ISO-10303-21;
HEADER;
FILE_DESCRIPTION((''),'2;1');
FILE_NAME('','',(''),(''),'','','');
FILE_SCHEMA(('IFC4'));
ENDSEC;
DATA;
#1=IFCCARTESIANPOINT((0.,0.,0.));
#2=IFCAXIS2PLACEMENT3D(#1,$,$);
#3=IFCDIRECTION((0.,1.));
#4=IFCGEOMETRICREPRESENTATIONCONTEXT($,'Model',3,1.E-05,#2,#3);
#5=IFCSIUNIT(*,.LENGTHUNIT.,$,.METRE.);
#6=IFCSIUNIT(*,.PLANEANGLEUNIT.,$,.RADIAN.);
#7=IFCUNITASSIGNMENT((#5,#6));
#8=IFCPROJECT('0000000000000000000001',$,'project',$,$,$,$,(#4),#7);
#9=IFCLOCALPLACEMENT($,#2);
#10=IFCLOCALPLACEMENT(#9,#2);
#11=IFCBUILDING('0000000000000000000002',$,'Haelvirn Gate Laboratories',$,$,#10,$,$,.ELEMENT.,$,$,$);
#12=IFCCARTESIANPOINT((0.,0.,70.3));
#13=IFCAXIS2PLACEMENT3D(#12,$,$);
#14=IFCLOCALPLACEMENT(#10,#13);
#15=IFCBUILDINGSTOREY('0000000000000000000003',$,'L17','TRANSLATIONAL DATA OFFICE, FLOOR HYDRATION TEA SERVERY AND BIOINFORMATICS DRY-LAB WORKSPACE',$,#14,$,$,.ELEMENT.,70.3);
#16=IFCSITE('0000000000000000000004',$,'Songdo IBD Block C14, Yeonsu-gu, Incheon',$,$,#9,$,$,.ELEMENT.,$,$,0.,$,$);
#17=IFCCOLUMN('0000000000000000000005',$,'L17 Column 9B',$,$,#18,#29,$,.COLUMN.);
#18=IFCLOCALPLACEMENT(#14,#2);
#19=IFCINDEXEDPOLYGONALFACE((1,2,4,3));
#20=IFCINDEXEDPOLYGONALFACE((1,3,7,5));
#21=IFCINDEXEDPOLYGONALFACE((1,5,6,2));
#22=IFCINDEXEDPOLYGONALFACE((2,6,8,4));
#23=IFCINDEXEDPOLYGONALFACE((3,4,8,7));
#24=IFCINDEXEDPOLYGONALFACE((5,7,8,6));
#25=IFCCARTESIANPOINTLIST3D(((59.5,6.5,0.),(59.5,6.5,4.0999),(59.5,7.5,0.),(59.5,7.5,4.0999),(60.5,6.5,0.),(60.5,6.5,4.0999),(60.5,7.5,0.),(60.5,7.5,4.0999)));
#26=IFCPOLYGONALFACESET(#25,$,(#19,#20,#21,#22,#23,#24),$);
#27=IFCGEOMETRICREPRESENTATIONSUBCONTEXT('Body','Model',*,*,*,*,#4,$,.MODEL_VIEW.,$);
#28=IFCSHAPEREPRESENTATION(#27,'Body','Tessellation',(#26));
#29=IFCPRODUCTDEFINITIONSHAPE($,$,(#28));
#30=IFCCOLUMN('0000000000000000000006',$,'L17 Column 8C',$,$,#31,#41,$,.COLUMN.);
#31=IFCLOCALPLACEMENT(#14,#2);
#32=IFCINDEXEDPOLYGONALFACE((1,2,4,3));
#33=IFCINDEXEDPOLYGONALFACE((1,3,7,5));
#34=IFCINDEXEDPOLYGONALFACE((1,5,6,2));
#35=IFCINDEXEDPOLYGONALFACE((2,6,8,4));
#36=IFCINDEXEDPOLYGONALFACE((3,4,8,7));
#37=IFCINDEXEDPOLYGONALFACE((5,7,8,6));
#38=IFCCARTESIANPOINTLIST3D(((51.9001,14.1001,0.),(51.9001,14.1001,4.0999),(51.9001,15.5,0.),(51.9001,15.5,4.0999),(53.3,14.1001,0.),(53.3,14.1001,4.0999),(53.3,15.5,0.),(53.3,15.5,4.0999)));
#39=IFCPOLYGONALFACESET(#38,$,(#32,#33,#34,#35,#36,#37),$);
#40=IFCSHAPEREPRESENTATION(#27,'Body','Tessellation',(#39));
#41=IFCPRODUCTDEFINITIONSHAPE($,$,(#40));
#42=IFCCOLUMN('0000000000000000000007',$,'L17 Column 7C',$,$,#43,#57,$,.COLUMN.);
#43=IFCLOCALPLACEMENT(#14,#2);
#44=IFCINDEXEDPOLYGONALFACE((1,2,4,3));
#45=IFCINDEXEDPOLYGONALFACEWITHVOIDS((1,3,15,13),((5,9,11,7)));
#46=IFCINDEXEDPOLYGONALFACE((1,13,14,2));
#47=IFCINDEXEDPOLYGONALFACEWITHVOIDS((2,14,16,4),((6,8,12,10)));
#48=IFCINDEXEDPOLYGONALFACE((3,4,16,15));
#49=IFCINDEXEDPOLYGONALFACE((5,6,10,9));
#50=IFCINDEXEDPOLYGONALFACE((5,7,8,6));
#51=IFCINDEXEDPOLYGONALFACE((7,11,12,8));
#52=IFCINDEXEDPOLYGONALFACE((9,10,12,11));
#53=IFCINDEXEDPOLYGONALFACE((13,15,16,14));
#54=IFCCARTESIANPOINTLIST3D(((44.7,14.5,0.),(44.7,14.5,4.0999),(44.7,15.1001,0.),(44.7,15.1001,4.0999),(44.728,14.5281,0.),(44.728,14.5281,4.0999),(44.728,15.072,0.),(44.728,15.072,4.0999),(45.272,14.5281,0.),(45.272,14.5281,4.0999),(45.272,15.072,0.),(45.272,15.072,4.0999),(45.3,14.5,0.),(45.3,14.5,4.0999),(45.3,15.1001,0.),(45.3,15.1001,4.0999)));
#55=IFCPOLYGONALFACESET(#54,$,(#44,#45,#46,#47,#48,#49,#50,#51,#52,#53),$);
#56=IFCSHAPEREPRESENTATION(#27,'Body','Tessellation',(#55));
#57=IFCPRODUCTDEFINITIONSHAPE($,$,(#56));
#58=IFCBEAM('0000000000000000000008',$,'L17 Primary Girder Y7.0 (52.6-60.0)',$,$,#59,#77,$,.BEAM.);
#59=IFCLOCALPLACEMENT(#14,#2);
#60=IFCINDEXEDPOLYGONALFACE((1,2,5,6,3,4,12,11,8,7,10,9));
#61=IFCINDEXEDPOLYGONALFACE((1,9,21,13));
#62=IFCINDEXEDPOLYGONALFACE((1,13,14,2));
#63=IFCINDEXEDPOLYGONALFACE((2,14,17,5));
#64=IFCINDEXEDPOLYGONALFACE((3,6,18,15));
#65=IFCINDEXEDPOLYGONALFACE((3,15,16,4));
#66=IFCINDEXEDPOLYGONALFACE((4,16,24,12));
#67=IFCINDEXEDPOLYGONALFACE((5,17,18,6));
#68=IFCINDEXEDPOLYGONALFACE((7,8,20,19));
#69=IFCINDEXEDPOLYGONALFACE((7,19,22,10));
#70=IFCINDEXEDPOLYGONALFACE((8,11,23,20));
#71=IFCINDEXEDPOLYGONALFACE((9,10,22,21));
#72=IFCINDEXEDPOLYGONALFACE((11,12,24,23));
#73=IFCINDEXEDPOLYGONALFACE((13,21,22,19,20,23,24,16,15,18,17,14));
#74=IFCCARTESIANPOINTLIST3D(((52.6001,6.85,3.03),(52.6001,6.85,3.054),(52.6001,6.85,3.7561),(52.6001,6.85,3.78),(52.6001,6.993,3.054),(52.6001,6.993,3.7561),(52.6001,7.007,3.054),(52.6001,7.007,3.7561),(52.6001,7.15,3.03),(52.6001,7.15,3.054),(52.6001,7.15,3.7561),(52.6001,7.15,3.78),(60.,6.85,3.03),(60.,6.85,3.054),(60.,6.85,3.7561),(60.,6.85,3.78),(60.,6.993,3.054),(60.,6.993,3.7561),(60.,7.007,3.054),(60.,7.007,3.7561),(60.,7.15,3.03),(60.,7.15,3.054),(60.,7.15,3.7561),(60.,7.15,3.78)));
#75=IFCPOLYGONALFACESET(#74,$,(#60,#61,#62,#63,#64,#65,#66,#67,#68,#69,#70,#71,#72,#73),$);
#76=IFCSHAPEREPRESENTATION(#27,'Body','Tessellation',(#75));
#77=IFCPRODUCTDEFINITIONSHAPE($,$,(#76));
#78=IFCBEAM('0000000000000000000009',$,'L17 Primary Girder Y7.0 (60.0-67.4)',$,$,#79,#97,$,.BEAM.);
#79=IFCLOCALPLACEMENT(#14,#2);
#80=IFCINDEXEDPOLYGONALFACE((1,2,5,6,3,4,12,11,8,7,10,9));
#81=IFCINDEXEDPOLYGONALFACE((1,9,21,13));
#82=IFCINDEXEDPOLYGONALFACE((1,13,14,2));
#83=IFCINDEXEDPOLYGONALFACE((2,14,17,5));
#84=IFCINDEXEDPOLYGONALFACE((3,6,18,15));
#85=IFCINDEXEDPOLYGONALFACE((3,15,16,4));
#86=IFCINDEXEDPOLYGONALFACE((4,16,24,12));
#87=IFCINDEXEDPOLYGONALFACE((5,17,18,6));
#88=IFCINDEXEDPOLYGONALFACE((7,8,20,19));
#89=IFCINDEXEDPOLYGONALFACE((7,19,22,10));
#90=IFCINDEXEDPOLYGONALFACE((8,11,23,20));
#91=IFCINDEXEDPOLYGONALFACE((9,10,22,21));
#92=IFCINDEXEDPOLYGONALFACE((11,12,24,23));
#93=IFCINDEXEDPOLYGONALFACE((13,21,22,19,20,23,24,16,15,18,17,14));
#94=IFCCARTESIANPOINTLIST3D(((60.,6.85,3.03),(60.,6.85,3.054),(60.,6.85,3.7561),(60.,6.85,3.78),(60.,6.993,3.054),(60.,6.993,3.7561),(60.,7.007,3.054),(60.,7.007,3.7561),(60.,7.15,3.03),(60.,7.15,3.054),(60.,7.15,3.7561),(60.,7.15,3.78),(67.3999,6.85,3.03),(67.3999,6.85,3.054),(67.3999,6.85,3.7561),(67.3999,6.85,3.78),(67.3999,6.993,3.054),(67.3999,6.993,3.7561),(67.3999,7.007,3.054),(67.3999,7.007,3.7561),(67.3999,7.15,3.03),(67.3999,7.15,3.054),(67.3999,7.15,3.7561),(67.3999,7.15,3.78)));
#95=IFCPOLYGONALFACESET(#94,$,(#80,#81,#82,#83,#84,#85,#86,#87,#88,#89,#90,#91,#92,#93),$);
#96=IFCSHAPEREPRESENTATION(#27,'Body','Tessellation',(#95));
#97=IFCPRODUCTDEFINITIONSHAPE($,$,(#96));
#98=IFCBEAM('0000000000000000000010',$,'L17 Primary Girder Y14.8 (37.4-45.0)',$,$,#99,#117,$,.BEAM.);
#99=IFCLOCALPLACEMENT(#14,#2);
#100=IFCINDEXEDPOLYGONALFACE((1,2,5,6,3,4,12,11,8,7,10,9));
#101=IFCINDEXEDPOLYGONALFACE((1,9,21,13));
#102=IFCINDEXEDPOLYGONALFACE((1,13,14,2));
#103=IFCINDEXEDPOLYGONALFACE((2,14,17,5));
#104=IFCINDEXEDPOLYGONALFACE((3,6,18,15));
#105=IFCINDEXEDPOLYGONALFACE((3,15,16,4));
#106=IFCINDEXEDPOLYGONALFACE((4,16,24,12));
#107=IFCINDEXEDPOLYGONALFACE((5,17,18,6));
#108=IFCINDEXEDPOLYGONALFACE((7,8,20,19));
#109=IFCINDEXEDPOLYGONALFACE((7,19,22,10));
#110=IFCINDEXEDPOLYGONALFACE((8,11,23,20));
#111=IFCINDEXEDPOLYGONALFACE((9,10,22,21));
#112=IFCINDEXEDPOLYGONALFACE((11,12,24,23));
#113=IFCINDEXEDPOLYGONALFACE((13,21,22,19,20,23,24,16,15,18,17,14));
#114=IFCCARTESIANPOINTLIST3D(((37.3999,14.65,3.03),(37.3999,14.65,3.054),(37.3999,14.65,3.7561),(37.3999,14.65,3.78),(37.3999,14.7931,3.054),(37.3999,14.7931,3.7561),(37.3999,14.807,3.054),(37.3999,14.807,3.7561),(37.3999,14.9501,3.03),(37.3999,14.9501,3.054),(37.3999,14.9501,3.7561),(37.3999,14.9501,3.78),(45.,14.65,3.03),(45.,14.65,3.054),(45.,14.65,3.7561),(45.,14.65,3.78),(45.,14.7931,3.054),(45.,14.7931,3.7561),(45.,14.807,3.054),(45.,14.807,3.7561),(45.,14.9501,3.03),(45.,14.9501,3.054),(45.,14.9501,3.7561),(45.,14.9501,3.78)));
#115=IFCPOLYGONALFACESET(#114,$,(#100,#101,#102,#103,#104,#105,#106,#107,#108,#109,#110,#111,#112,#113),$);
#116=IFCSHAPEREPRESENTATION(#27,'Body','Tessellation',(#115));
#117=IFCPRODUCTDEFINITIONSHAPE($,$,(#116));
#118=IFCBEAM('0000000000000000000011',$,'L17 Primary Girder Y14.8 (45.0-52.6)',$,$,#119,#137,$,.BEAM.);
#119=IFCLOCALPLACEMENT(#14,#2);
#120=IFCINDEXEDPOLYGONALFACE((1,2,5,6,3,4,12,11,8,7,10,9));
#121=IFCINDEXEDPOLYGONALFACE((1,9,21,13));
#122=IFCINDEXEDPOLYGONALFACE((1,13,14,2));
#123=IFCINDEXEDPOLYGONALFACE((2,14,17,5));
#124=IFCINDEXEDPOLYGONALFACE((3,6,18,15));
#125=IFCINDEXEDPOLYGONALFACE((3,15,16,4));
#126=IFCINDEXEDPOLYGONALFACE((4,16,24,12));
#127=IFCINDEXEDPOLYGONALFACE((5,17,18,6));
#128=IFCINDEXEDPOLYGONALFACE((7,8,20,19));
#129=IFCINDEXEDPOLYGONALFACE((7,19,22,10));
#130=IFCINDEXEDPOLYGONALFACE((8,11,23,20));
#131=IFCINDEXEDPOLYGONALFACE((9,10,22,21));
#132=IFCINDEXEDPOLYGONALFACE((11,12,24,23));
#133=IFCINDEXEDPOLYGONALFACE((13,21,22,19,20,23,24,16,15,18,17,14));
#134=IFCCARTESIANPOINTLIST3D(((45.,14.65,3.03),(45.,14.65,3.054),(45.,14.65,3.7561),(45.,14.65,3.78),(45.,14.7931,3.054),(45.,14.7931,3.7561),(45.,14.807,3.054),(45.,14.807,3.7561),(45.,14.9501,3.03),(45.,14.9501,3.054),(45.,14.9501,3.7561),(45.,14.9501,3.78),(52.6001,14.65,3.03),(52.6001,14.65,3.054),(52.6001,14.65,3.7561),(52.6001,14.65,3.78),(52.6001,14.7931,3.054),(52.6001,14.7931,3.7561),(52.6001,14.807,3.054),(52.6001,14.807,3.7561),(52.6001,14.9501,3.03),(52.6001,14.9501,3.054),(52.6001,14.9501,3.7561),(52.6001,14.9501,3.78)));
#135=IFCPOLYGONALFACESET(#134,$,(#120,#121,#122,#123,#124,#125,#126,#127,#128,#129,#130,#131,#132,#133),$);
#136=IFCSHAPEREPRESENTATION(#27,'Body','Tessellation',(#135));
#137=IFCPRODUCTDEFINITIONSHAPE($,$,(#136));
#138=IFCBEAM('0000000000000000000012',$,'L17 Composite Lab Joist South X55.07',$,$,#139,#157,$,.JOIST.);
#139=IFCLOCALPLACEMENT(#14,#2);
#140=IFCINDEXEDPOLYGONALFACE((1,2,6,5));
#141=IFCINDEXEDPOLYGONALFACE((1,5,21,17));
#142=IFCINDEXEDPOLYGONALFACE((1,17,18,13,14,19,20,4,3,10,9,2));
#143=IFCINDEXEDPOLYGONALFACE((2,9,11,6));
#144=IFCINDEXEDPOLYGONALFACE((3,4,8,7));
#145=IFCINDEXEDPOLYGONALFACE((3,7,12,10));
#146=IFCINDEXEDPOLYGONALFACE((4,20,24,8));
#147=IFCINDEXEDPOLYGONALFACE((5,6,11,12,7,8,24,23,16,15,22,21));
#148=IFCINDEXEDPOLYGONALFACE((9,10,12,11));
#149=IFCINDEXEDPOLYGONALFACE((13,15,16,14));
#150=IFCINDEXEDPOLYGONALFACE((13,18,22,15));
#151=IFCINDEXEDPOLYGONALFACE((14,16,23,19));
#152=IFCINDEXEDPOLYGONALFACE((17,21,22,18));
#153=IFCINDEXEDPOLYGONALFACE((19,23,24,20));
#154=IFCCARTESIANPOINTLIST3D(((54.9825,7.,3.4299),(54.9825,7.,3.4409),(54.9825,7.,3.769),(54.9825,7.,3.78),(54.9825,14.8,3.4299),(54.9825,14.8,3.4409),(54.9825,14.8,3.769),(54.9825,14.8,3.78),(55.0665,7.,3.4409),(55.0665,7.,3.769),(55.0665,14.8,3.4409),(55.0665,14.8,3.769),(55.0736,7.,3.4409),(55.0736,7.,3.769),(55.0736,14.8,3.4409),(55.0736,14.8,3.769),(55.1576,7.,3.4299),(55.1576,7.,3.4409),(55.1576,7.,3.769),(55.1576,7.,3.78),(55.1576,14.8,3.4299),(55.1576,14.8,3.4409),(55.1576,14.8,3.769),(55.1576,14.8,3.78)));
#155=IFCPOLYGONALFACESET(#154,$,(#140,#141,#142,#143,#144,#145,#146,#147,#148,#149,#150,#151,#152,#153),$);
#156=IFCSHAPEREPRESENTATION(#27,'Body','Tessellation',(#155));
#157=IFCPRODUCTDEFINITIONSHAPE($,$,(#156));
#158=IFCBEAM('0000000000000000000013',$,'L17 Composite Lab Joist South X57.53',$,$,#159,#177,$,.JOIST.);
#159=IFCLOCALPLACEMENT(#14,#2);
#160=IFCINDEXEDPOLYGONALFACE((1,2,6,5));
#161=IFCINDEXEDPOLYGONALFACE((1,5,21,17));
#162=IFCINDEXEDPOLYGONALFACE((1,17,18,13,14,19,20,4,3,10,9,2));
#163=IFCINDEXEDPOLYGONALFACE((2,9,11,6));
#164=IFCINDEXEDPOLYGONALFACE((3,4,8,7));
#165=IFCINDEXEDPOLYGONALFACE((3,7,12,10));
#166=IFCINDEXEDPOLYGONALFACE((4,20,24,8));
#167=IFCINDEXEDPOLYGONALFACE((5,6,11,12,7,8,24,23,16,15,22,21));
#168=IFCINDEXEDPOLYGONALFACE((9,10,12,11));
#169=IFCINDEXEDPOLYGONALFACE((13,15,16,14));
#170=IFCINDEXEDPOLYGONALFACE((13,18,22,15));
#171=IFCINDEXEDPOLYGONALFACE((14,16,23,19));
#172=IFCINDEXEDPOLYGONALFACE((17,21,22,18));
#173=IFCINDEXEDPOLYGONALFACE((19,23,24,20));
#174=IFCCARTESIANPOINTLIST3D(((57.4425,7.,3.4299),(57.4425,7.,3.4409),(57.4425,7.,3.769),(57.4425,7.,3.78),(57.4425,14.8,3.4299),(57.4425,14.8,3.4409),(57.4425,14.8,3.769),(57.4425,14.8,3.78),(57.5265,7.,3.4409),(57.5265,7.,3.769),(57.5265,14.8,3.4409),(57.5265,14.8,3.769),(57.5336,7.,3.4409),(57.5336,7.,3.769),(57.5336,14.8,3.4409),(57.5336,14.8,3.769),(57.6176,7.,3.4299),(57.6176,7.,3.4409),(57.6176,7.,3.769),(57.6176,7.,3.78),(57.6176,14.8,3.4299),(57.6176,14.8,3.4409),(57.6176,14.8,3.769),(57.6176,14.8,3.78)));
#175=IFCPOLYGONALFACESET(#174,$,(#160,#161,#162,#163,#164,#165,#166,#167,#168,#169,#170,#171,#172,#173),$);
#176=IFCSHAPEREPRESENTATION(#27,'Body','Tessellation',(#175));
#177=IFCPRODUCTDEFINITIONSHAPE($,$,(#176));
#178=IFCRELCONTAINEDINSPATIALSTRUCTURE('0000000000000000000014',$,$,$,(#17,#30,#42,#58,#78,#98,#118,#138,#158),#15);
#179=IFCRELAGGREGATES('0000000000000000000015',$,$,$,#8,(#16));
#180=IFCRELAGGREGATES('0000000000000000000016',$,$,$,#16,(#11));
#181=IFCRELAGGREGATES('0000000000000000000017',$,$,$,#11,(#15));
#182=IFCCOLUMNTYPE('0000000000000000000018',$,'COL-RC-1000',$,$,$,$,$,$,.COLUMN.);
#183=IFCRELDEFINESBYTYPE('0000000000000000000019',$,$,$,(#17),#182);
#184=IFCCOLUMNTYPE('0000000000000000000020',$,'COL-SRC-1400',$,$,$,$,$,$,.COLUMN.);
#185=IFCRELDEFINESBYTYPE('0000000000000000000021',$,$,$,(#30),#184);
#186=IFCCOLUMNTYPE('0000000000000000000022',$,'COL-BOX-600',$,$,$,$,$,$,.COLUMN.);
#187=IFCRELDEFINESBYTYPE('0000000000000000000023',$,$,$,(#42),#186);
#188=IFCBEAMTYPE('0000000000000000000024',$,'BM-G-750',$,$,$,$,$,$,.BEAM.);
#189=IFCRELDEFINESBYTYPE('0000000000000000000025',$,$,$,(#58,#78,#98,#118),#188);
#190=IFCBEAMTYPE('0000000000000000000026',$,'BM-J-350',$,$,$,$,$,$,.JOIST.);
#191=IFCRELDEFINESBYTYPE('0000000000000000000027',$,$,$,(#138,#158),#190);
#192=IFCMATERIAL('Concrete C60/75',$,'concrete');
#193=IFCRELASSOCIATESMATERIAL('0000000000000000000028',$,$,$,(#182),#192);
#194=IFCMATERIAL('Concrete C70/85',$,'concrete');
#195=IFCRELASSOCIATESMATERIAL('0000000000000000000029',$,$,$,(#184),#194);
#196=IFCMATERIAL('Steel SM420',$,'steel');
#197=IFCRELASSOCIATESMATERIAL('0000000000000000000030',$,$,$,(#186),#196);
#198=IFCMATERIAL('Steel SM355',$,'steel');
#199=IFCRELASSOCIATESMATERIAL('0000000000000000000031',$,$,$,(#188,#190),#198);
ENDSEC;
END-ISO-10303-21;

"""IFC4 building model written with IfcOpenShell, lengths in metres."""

from ifc_helpers import new_model, si_unit, direction, frame, origin, origin_2d, place, context, subcontext, project, spatial, rectangle, hollow_rectangle, i_section, extrude, source, transform, mapped, material, material_profile, profile_set, type_object, type_shapes, element, save


model = new_model("IFC4")

# Units and contexts
model_context = context("Model", 3, precision=1e-05, world=origin(), true_north=direction((0.0, 1.0)))
body_context = subcontext(model_context, "Body", "Model", "MODEL_VIEW")
ifc_project = project(units=[si_unit("LENGTHUNIT", "METRE"), si_unit("PLANEANGLEUNIT", "RADIAN")], contexts=[model_context])

# Site, building, storey
site_placement = place(None, origin())
site = spatial("IfcSite", under=ifc_project, at=site_placement, Name="Songdo IBD Block C14, Yeonsu-gu, Incheon", CompositionType="ELEMENT", RefElevation=0.0)
building_placement = place(site_placement, origin())
building = spatial("IfcBuilding", under=site, at=building_placement, Name="Haelvirn Gate Laboratories", CompositionType="ELEMENT")
storey_placement = place(building_placement, frame((0.0, 0.0, 70.3)))
storey = spatial("IfcBuildingStorey", under=building, at=storey_placement, Name="L17", Description="TRANSLATIONAL DATA OFFICE, FLOOR HYDRATION TEA SERVERY AND BIOINFORMATICS DRY-LAB WORKSPACE", CompositionType="ELEMENT", Elevation=70.3)

# Columns
ifc_material_1 = material(Name="Concrete C60/75", Category="concrete")
ifc_material_profile_1 = material_profile(ifc_material_1, rectangle(XDim=1.0, YDim=1.0, at=origin_2d()), Name="RC-1000x1000")
ifc_profile_set_1 = profile_set([ifc_material_profile_1], Name="Concrete C60/75")
column_type_1 = type_object("IfcColumnType", Name="COL-RC-1000", PredefinedType="COLUMN", material=ifc_profile_set_1)
shared_shape_1 = source(origin(), body_context, "Body", "SweptSolid", [
    extrude(rectangle(XDim=1.0, YDim=1.0, at=origin_2d()), origin(), (0.0, 0.0, 1.0), 4.0999),
])
type_shapes(column_type_1, [shared_shape_1])
column_1_placement = place(storey_placement, frame((60.0, 7.0, 0.0), z_axis=(0.0, 0.0, 1.0), x_axis=(1.0, 0.0, 0.0)))
element("IfcColumn", 1, at=column_1_placement, inside=storey, type_object=column_type_1, Name="L17 Column 9B", PredefinedType="COLUMN", context=body_context, shape_type="MappedRepresentation", body=[
    mapped(shared_shape_1, transform((0.0, 0.0, 0.0), scale=1.0)),
])
ifc_material_2 = material(Name="Concrete C70/85", Category="concrete")
ifc_material_profile_2 = material_profile(ifc_material_2, rectangle(XDim=1.3999, YDim=1.3999, at=origin_2d()), Name="SRC-1400x1400")
ifc_profile_set_2 = profile_set([ifc_material_profile_2], Name="Concrete C70/85")
column_type_2 = type_object("IfcColumnType", Name="COL-SRC-1400", PredefinedType="COLUMN", material=ifc_profile_set_2)
shared_shape_2 = source(origin(), body_context, "Body", "SweptSolid", [
    extrude(rectangle(XDim=1.3999, YDim=1.3999, at=origin_2d()), origin(), (0.0, 0.0, 1.0), 4.0999),
])
type_shapes(column_type_2, [shared_shape_2])
column_2_placement = place(storey_placement, frame((52.6001, 14.8, 0.0), z_axis=(0.0, 0.0, 1.0), x_axis=(1.0, 0.0, 0.0)))
element("IfcColumn", 2, at=column_2_placement, inside=storey, type_object=column_type_2, Name="L17 Column 8C", PredefinedType="COLUMN", context=body_context, shape_type="MappedRepresentation", body=[
    mapped(shared_shape_2, transform((0.0, 0.0, 0.0), scale=1.0)),
])
ifc_material_3 = material(Name="Steel SM420", Category="steel")
ifc_material_profile_3 = material_profile(ifc_material_3, hollow_rectangle(XDim=0.6001, YDim=0.6001, WallThickness=0.0281, at=origin_2d()), Name="BOX-600x600x28")
ifc_profile_set_3 = profile_set([ifc_material_profile_3], Name="Steel SM420")
column_type_3 = type_object("IfcColumnType", Name="COL-BOX-600", PredefinedType="COLUMN", material=ifc_profile_set_3)
shared_shape_3 = source(origin(), body_context, "Body", "SweptSolid", [
    extrude(hollow_rectangle(XDim=0.6001, YDim=0.6001, WallThickness=0.0281, at=origin_2d()), origin(), (0.0, 0.0, 1.0), 4.0999),
])
type_shapes(column_type_3, [shared_shape_3])
column_3_placement = place(storey_placement, frame((45.0, 14.8, 0.0), z_axis=(0.0, 0.0, 1.0), x_axis=(1.0, 0.0, 0.0)))
element("IfcColumn", 3, at=column_3_placement, inside=storey, type_object=column_type_3, Name="L17 Column 7C", PredefinedType="COLUMN", context=body_context, shape_type="MappedRepresentation", body=[
    mapped(shared_shape_3, transform((0.0, 0.0, 0.0), scale=1.0)),
])

# Beams
ifc_material_4 = material(Name="Steel SM355", Category="steel")
ifc_material_profile_4 = material_profile(ifc_material_4, i_section(OverallWidth=0.3, OverallDepth=0.75, WebThickness=0.0139, FlangeThickness=0.0239, at=origin_2d()), Name="H-750x300x14x24")
ifc_profile_set_4 = profile_set([ifc_material_profile_4], Name="Steel SM355")
beam_type_1 = type_object("IfcBeamType", Name="BM-G-750", PredefinedType="BEAM", material=ifc_profile_set_4)
shared_shape_4 = source(origin(), body_context, "Body", "SweptSolid", [
    extrude(i_section(OverallWidth=0.3, OverallDepth=0.75, WebThickness=0.0139, FlangeThickness=0.0239, at=origin_2d()), origin(), (0.0, 0.0, 1.0), 7.3999),
])
for number, where, z_axis, x_axis, name in (
    (4, (52.6001, 7.0, 3.405), (1.0, 0.0, 0.0), (0.0, 1.0, 0.0), "L17 Primary Girder Y7.0 (52.6-60.0)"),
    (5, (60.0, 7.0, 3.405), (1.0, 0.0, 0.0), (0.0, 1.0, 0.0), "L17 Primary Girder Y7.0 (60.0-67.4)"),
):
    element("IfcBeam", number, at=place(storey_placement, frame(where, z_axis=z_axis, x_axis=x_axis)), inside=storey, type_object=beam_type_1, Name=name, PredefinedType="BEAM", context=body_context, shape_type="MappedRepresentation", body=[
        mapped(shared_shape_4, transform((0.0, 0.0, 0.0), scale=1.0)),
    ])
shared_shape_5 = source(origin(), body_context, "Body", "SweptSolid", [
    extrude(i_section(OverallWidth=0.3, OverallDepth=0.75, WebThickness=0.0139, FlangeThickness=0.0239, at=origin_2d()), origin(), (0.0, 0.0, 1.0), 7.6001),
])
type_shapes(beam_type_1, [shared_shape_4, shared_shape_5])
for number, where, z_axis, x_axis, name in (
    (6, (37.3999, 14.8, 3.405), (1.0, 0.0, 0.0), (0.0, 1.0, 0.0), "L17 Primary Girder Y14.8 (37.4-45.0)"),
    (7, (45.0, 14.8, 3.405), (1.0, 0.0, 0.0), (0.0, 1.0, 0.0), "L17 Primary Girder Y14.8 (45.0-52.6)"),
):
    element("IfcBeam", number, at=place(storey_placement, frame(where, z_axis=z_axis, x_axis=x_axis)), inside=storey, type_object=beam_type_1, Name=name, PredefinedType="BEAM", context=body_context, shape_type="MappedRepresentation", body=[
        mapped(shared_shape_5, transform((0.0, 0.0, 0.0), scale=1.0)),
    ])
ifc_material_profile_5 = material_profile(ifc_material_4, i_section(OverallWidth=0.175, OverallDepth=0.3501, WebThickness=0.0071, FlangeThickness=0.011, at=origin_2d()), Name="H-350x175x7x11")
ifc_profile_set_5 = profile_set([ifc_material_profile_5], Name="Steel SM355")
beam_type_2 = type_object("IfcBeamType", Name="BM-J-350", PredefinedType="JOIST", material=ifc_profile_set_5)
shared_shape_6 = source(origin(), body_context, "Body", "SweptSolid", [
    extrude(i_section(OverallWidth=0.175, OverallDepth=0.3501, WebThickness=0.0071, FlangeThickness=0.011, at=origin_2d()), origin(), (0.0, 0.0, 1.0), 7.8),
])
type_shapes(beam_type_2, [shared_shape_6])
for number, where, z_axis, x_axis, name in (
    (8, (55.0701, 7.0, 3.605), (0.0, 1.0, 0.0), (-1.0, 0.0, 0.0), "L17 Composite Lab Joist South X55.07"),
    (9, (57.53, 7.0, 3.605), (0.0, 1.0, 0.0), (-1.0, 0.0, 0.0), "L17 Composite Lab Joist South X57.53"),
):
    element("IfcBeam", number, at=place(storey_placement, frame(where, z_axis=z_axis, x_axis=x_axis)), inside=storey, type_object=beam_type_2, Name=name, PredefinedType="JOIST", context=body_context, shape_type="MappedRepresentation", body=[
        mapped(shared_shape_6, transform((0.0, 0.0, 0.0), scale=1.0)),
    ])

save(model, "model.ifc")
